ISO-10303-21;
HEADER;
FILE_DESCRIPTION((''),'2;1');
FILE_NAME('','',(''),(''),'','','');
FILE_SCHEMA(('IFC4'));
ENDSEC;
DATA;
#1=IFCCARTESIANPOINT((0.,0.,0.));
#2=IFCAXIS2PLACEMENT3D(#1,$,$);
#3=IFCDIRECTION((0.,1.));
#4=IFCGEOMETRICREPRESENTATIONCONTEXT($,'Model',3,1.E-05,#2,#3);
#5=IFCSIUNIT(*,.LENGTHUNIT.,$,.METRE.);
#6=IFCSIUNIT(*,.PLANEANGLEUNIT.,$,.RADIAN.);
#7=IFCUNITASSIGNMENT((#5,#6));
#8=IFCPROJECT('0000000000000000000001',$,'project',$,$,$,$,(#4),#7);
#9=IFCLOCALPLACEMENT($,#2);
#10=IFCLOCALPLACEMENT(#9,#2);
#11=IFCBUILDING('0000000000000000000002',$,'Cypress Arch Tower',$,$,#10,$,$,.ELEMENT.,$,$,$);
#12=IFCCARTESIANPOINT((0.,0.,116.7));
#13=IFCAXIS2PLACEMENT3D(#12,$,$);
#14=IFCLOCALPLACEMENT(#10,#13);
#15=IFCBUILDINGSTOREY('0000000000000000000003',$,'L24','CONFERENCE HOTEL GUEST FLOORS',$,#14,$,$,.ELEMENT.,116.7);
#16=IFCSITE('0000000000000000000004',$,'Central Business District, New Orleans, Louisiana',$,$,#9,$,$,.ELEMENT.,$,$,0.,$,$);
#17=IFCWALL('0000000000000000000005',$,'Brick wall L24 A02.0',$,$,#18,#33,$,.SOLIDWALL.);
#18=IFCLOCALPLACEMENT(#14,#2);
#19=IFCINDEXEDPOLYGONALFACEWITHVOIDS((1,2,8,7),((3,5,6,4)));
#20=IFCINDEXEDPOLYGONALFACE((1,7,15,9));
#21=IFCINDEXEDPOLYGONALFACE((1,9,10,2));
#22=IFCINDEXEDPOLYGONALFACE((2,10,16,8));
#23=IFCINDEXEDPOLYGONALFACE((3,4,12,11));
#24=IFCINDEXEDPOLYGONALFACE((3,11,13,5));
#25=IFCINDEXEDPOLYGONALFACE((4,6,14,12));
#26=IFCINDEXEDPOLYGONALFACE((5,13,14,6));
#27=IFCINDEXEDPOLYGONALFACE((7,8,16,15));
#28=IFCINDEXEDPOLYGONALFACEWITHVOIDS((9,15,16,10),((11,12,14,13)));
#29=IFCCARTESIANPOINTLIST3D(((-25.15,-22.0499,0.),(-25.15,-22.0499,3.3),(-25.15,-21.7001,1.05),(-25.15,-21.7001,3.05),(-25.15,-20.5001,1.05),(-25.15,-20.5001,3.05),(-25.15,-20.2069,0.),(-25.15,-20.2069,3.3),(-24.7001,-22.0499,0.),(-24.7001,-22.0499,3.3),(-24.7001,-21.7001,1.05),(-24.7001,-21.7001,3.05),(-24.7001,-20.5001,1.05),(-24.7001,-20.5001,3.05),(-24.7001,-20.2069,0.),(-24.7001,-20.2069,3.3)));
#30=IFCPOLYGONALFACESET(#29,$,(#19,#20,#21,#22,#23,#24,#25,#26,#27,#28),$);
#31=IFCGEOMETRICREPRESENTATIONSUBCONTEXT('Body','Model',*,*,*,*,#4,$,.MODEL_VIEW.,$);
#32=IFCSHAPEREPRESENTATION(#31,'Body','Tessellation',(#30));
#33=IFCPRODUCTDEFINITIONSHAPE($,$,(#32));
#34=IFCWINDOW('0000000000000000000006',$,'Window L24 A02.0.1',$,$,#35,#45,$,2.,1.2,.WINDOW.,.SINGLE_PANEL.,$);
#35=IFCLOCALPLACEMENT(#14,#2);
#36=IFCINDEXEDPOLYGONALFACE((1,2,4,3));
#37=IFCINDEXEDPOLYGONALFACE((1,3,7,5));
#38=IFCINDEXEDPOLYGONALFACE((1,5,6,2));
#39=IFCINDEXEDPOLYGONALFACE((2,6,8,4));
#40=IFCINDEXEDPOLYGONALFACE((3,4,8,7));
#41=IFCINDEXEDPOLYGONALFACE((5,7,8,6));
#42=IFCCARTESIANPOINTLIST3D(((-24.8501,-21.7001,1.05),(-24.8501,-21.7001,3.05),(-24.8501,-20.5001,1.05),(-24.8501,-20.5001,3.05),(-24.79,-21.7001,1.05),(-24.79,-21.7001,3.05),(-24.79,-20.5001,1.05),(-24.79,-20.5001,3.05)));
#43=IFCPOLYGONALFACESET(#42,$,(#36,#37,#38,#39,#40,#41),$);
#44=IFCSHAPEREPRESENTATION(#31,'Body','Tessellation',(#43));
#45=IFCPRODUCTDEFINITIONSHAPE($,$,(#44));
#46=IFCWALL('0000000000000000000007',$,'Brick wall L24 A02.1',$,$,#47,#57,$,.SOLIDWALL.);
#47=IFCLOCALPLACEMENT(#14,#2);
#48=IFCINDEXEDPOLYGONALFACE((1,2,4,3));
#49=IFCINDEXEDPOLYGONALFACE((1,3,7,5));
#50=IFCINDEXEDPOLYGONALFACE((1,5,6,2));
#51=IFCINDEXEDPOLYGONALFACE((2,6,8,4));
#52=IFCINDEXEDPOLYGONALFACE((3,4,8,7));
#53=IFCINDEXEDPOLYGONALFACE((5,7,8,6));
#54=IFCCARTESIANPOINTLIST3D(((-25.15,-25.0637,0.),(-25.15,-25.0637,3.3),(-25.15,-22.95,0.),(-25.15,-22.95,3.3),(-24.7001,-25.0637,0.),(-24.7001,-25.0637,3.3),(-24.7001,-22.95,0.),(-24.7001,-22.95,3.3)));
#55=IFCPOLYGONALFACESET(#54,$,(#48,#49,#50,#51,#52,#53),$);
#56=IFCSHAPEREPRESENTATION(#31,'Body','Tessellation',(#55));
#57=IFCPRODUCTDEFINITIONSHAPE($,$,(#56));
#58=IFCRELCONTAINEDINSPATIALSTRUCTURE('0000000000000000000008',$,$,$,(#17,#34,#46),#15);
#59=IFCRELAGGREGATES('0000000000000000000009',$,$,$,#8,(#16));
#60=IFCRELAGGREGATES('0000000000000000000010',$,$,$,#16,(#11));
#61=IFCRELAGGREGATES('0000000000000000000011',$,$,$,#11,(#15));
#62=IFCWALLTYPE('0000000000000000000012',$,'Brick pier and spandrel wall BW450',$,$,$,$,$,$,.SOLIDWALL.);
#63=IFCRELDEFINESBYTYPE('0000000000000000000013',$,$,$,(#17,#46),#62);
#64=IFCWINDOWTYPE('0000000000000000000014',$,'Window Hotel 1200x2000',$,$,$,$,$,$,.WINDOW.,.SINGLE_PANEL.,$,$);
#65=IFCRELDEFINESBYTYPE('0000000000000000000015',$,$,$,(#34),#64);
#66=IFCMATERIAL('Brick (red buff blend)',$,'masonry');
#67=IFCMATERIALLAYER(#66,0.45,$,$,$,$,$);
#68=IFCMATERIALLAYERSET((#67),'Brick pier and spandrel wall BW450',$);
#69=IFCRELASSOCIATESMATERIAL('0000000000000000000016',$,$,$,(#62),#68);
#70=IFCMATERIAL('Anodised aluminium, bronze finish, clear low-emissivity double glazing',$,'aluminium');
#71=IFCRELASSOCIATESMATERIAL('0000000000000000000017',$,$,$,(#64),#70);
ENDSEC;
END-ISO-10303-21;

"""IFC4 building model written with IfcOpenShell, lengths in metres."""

from ifc_helpers import new_model, si_unit, direction, frame, frame_2d, origin, place, context, subcontext, project, spatial, rectangle, extrude, material, layer, layer_set, type_object, element, fill, save


model = new_model("IFC4")

# Units and contexts
model_context = context("Model", 3, precision=1e-05, world=origin(), true_north=direction((0.0, 1.0)))
body_context = subcontext(model_context, "Body", "Model", "MODEL_VIEW")
ifc_project = project(units=[si_unit("LENGTHUNIT", "METRE"), si_unit("PLANEANGLEUNIT", "RADIAN")], contexts=[model_context])

# Site, building, storey
site_placement = place(None, origin())
site = spatial("IfcSite", under=ifc_project, at=site_placement, Name="Central Business District, New Orleans, Louisiana", CompositionType="ELEMENT", RefElevation=0.0)
building_placement = place(site_placement, origin())
building = spatial("IfcBuilding", under=site, at=building_placement, Name="Cypress Arch Tower", CompositionType="ELEMENT")
storey_placement = place(building_placement, frame((0.0, 0.0, 116.7)))
storey = spatial("IfcBuildingStorey", under=building, at=storey_placement, Name="L24", Description="CONFERENCE HOTEL GUEST FLOORS", CompositionType="ELEMENT", Elevation=116.7)

# Wall, opening, window
ifc_material_1 = material(Name="Brick (red buff blend)", Category="masonry")
ifc_layer_1 = layer(ifc_material_1, 0.45)
ifc_layer_set_1 = layer_set([ifc_layer_1], Name="Brick pier and spandrel wall BW450")
wall_type_1 = type_object("IfcWallType", Name="Brick pier and spandrel wall BW450", PredefinedType="SOLIDWALL", material=ifc_layer_set_1)
wall_1_placement = place(storey_placement, frame((-24.925, -20.207, 0.0), z_axis=(0.0, 0.0, 1.0), x_axis=(0.0, -1.0, 0.0)))
wall_1 = element("IfcWall", 1, at=wall_1_placement, inside=storey, type_object=wall_type_1, Name="Brick wall L24 A02.0", PredefinedType="SOLIDWALL", context=body_context, shape_type="SweptSolid", body=[
    extrude(rectangle(XDim=1.843, YDim=0.45, at=frame_2d((0.9214, 0.0))), origin(), (0.0, 0.0, 1.0), 3.3),
])
opening_1_placement = place(wall_1_placement, frame((0.293, 0.0, 1.05)))
opening_1 = element("IfcOpeningElement", 2, at=opening_1_placement, cuts=wall_1, PredefinedType="OPENING", context=body_context, shape_type="SweptSolid", body=[
    extrude(rectangle(XDim=1.2, YDim=2.0, at=frame_2d((0.6001, 1.0))), frame((0.0, 0.2349, 0.0), z_axis=(0.0, -1.0, 0.0), x_axis=(1.0, 0.0, 0.0)), (0.0, 0.0, 1.0), 0.47),
])
ifc_material_2 = material(Name="Anodised aluminium, bronze finish, clear low-emissivity double glazing", Category="aluminium")
window_type_1 = type_object("IfcWindowType", Name="Window Hotel 1200x2000", PartitioningType="SINGLE_PANEL", PredefinedType="WINDOW", material=ifc_material_2)
window_1_placement = place(opening_1_placement, origin())
window_1 = element("IfcWindow", 3, at=window_1_placement, inside=storey, type_object=window_type_1, Name="Window L24 A02.0.1", OverallHeight=2.0, OverallWidth=1.2, PartitioningType="SINGLE_PANEL", PredefinedType="WINDOW", context=body_context, shape_type="SweptSolid", body=[
    extrude(rectangle(XDim=1.2, YDim=2.0, at=frame_2d((0.6001, 1.0))), frame((0.0, 0.135, 0.0), z_axis=(0.0, -1.0, 0.0), x_axis=(1.0, 0.0, 0.0)), (0.0, 0.0, 1.0), 0.0601),
])
fill(opening_1, window_1)

# Wall
wall_2_placement = place(storey_placement, frame((-24.925, -22.95, 0.0), z_axis=(0.0, 0.0, 1.0), x_axis=(0.0, -1.0, 0.0)))
element("IfcWall", 4, at=wall_2_placement, inside=storey, type_object=wall_type_1, Name="Brick wall L24 A02.1", PredefinedType="SOLIDWALL", context=body_context, shape_type="SweptSolid", body=[
    extrude(rectangle(XDim=2.1138, YDim=0.45, at=frame_2d((1.0569, 0.0))), origin(), (0.0, 0.0, 1.0), 3.3),
])

save(model, "model.ifc")
